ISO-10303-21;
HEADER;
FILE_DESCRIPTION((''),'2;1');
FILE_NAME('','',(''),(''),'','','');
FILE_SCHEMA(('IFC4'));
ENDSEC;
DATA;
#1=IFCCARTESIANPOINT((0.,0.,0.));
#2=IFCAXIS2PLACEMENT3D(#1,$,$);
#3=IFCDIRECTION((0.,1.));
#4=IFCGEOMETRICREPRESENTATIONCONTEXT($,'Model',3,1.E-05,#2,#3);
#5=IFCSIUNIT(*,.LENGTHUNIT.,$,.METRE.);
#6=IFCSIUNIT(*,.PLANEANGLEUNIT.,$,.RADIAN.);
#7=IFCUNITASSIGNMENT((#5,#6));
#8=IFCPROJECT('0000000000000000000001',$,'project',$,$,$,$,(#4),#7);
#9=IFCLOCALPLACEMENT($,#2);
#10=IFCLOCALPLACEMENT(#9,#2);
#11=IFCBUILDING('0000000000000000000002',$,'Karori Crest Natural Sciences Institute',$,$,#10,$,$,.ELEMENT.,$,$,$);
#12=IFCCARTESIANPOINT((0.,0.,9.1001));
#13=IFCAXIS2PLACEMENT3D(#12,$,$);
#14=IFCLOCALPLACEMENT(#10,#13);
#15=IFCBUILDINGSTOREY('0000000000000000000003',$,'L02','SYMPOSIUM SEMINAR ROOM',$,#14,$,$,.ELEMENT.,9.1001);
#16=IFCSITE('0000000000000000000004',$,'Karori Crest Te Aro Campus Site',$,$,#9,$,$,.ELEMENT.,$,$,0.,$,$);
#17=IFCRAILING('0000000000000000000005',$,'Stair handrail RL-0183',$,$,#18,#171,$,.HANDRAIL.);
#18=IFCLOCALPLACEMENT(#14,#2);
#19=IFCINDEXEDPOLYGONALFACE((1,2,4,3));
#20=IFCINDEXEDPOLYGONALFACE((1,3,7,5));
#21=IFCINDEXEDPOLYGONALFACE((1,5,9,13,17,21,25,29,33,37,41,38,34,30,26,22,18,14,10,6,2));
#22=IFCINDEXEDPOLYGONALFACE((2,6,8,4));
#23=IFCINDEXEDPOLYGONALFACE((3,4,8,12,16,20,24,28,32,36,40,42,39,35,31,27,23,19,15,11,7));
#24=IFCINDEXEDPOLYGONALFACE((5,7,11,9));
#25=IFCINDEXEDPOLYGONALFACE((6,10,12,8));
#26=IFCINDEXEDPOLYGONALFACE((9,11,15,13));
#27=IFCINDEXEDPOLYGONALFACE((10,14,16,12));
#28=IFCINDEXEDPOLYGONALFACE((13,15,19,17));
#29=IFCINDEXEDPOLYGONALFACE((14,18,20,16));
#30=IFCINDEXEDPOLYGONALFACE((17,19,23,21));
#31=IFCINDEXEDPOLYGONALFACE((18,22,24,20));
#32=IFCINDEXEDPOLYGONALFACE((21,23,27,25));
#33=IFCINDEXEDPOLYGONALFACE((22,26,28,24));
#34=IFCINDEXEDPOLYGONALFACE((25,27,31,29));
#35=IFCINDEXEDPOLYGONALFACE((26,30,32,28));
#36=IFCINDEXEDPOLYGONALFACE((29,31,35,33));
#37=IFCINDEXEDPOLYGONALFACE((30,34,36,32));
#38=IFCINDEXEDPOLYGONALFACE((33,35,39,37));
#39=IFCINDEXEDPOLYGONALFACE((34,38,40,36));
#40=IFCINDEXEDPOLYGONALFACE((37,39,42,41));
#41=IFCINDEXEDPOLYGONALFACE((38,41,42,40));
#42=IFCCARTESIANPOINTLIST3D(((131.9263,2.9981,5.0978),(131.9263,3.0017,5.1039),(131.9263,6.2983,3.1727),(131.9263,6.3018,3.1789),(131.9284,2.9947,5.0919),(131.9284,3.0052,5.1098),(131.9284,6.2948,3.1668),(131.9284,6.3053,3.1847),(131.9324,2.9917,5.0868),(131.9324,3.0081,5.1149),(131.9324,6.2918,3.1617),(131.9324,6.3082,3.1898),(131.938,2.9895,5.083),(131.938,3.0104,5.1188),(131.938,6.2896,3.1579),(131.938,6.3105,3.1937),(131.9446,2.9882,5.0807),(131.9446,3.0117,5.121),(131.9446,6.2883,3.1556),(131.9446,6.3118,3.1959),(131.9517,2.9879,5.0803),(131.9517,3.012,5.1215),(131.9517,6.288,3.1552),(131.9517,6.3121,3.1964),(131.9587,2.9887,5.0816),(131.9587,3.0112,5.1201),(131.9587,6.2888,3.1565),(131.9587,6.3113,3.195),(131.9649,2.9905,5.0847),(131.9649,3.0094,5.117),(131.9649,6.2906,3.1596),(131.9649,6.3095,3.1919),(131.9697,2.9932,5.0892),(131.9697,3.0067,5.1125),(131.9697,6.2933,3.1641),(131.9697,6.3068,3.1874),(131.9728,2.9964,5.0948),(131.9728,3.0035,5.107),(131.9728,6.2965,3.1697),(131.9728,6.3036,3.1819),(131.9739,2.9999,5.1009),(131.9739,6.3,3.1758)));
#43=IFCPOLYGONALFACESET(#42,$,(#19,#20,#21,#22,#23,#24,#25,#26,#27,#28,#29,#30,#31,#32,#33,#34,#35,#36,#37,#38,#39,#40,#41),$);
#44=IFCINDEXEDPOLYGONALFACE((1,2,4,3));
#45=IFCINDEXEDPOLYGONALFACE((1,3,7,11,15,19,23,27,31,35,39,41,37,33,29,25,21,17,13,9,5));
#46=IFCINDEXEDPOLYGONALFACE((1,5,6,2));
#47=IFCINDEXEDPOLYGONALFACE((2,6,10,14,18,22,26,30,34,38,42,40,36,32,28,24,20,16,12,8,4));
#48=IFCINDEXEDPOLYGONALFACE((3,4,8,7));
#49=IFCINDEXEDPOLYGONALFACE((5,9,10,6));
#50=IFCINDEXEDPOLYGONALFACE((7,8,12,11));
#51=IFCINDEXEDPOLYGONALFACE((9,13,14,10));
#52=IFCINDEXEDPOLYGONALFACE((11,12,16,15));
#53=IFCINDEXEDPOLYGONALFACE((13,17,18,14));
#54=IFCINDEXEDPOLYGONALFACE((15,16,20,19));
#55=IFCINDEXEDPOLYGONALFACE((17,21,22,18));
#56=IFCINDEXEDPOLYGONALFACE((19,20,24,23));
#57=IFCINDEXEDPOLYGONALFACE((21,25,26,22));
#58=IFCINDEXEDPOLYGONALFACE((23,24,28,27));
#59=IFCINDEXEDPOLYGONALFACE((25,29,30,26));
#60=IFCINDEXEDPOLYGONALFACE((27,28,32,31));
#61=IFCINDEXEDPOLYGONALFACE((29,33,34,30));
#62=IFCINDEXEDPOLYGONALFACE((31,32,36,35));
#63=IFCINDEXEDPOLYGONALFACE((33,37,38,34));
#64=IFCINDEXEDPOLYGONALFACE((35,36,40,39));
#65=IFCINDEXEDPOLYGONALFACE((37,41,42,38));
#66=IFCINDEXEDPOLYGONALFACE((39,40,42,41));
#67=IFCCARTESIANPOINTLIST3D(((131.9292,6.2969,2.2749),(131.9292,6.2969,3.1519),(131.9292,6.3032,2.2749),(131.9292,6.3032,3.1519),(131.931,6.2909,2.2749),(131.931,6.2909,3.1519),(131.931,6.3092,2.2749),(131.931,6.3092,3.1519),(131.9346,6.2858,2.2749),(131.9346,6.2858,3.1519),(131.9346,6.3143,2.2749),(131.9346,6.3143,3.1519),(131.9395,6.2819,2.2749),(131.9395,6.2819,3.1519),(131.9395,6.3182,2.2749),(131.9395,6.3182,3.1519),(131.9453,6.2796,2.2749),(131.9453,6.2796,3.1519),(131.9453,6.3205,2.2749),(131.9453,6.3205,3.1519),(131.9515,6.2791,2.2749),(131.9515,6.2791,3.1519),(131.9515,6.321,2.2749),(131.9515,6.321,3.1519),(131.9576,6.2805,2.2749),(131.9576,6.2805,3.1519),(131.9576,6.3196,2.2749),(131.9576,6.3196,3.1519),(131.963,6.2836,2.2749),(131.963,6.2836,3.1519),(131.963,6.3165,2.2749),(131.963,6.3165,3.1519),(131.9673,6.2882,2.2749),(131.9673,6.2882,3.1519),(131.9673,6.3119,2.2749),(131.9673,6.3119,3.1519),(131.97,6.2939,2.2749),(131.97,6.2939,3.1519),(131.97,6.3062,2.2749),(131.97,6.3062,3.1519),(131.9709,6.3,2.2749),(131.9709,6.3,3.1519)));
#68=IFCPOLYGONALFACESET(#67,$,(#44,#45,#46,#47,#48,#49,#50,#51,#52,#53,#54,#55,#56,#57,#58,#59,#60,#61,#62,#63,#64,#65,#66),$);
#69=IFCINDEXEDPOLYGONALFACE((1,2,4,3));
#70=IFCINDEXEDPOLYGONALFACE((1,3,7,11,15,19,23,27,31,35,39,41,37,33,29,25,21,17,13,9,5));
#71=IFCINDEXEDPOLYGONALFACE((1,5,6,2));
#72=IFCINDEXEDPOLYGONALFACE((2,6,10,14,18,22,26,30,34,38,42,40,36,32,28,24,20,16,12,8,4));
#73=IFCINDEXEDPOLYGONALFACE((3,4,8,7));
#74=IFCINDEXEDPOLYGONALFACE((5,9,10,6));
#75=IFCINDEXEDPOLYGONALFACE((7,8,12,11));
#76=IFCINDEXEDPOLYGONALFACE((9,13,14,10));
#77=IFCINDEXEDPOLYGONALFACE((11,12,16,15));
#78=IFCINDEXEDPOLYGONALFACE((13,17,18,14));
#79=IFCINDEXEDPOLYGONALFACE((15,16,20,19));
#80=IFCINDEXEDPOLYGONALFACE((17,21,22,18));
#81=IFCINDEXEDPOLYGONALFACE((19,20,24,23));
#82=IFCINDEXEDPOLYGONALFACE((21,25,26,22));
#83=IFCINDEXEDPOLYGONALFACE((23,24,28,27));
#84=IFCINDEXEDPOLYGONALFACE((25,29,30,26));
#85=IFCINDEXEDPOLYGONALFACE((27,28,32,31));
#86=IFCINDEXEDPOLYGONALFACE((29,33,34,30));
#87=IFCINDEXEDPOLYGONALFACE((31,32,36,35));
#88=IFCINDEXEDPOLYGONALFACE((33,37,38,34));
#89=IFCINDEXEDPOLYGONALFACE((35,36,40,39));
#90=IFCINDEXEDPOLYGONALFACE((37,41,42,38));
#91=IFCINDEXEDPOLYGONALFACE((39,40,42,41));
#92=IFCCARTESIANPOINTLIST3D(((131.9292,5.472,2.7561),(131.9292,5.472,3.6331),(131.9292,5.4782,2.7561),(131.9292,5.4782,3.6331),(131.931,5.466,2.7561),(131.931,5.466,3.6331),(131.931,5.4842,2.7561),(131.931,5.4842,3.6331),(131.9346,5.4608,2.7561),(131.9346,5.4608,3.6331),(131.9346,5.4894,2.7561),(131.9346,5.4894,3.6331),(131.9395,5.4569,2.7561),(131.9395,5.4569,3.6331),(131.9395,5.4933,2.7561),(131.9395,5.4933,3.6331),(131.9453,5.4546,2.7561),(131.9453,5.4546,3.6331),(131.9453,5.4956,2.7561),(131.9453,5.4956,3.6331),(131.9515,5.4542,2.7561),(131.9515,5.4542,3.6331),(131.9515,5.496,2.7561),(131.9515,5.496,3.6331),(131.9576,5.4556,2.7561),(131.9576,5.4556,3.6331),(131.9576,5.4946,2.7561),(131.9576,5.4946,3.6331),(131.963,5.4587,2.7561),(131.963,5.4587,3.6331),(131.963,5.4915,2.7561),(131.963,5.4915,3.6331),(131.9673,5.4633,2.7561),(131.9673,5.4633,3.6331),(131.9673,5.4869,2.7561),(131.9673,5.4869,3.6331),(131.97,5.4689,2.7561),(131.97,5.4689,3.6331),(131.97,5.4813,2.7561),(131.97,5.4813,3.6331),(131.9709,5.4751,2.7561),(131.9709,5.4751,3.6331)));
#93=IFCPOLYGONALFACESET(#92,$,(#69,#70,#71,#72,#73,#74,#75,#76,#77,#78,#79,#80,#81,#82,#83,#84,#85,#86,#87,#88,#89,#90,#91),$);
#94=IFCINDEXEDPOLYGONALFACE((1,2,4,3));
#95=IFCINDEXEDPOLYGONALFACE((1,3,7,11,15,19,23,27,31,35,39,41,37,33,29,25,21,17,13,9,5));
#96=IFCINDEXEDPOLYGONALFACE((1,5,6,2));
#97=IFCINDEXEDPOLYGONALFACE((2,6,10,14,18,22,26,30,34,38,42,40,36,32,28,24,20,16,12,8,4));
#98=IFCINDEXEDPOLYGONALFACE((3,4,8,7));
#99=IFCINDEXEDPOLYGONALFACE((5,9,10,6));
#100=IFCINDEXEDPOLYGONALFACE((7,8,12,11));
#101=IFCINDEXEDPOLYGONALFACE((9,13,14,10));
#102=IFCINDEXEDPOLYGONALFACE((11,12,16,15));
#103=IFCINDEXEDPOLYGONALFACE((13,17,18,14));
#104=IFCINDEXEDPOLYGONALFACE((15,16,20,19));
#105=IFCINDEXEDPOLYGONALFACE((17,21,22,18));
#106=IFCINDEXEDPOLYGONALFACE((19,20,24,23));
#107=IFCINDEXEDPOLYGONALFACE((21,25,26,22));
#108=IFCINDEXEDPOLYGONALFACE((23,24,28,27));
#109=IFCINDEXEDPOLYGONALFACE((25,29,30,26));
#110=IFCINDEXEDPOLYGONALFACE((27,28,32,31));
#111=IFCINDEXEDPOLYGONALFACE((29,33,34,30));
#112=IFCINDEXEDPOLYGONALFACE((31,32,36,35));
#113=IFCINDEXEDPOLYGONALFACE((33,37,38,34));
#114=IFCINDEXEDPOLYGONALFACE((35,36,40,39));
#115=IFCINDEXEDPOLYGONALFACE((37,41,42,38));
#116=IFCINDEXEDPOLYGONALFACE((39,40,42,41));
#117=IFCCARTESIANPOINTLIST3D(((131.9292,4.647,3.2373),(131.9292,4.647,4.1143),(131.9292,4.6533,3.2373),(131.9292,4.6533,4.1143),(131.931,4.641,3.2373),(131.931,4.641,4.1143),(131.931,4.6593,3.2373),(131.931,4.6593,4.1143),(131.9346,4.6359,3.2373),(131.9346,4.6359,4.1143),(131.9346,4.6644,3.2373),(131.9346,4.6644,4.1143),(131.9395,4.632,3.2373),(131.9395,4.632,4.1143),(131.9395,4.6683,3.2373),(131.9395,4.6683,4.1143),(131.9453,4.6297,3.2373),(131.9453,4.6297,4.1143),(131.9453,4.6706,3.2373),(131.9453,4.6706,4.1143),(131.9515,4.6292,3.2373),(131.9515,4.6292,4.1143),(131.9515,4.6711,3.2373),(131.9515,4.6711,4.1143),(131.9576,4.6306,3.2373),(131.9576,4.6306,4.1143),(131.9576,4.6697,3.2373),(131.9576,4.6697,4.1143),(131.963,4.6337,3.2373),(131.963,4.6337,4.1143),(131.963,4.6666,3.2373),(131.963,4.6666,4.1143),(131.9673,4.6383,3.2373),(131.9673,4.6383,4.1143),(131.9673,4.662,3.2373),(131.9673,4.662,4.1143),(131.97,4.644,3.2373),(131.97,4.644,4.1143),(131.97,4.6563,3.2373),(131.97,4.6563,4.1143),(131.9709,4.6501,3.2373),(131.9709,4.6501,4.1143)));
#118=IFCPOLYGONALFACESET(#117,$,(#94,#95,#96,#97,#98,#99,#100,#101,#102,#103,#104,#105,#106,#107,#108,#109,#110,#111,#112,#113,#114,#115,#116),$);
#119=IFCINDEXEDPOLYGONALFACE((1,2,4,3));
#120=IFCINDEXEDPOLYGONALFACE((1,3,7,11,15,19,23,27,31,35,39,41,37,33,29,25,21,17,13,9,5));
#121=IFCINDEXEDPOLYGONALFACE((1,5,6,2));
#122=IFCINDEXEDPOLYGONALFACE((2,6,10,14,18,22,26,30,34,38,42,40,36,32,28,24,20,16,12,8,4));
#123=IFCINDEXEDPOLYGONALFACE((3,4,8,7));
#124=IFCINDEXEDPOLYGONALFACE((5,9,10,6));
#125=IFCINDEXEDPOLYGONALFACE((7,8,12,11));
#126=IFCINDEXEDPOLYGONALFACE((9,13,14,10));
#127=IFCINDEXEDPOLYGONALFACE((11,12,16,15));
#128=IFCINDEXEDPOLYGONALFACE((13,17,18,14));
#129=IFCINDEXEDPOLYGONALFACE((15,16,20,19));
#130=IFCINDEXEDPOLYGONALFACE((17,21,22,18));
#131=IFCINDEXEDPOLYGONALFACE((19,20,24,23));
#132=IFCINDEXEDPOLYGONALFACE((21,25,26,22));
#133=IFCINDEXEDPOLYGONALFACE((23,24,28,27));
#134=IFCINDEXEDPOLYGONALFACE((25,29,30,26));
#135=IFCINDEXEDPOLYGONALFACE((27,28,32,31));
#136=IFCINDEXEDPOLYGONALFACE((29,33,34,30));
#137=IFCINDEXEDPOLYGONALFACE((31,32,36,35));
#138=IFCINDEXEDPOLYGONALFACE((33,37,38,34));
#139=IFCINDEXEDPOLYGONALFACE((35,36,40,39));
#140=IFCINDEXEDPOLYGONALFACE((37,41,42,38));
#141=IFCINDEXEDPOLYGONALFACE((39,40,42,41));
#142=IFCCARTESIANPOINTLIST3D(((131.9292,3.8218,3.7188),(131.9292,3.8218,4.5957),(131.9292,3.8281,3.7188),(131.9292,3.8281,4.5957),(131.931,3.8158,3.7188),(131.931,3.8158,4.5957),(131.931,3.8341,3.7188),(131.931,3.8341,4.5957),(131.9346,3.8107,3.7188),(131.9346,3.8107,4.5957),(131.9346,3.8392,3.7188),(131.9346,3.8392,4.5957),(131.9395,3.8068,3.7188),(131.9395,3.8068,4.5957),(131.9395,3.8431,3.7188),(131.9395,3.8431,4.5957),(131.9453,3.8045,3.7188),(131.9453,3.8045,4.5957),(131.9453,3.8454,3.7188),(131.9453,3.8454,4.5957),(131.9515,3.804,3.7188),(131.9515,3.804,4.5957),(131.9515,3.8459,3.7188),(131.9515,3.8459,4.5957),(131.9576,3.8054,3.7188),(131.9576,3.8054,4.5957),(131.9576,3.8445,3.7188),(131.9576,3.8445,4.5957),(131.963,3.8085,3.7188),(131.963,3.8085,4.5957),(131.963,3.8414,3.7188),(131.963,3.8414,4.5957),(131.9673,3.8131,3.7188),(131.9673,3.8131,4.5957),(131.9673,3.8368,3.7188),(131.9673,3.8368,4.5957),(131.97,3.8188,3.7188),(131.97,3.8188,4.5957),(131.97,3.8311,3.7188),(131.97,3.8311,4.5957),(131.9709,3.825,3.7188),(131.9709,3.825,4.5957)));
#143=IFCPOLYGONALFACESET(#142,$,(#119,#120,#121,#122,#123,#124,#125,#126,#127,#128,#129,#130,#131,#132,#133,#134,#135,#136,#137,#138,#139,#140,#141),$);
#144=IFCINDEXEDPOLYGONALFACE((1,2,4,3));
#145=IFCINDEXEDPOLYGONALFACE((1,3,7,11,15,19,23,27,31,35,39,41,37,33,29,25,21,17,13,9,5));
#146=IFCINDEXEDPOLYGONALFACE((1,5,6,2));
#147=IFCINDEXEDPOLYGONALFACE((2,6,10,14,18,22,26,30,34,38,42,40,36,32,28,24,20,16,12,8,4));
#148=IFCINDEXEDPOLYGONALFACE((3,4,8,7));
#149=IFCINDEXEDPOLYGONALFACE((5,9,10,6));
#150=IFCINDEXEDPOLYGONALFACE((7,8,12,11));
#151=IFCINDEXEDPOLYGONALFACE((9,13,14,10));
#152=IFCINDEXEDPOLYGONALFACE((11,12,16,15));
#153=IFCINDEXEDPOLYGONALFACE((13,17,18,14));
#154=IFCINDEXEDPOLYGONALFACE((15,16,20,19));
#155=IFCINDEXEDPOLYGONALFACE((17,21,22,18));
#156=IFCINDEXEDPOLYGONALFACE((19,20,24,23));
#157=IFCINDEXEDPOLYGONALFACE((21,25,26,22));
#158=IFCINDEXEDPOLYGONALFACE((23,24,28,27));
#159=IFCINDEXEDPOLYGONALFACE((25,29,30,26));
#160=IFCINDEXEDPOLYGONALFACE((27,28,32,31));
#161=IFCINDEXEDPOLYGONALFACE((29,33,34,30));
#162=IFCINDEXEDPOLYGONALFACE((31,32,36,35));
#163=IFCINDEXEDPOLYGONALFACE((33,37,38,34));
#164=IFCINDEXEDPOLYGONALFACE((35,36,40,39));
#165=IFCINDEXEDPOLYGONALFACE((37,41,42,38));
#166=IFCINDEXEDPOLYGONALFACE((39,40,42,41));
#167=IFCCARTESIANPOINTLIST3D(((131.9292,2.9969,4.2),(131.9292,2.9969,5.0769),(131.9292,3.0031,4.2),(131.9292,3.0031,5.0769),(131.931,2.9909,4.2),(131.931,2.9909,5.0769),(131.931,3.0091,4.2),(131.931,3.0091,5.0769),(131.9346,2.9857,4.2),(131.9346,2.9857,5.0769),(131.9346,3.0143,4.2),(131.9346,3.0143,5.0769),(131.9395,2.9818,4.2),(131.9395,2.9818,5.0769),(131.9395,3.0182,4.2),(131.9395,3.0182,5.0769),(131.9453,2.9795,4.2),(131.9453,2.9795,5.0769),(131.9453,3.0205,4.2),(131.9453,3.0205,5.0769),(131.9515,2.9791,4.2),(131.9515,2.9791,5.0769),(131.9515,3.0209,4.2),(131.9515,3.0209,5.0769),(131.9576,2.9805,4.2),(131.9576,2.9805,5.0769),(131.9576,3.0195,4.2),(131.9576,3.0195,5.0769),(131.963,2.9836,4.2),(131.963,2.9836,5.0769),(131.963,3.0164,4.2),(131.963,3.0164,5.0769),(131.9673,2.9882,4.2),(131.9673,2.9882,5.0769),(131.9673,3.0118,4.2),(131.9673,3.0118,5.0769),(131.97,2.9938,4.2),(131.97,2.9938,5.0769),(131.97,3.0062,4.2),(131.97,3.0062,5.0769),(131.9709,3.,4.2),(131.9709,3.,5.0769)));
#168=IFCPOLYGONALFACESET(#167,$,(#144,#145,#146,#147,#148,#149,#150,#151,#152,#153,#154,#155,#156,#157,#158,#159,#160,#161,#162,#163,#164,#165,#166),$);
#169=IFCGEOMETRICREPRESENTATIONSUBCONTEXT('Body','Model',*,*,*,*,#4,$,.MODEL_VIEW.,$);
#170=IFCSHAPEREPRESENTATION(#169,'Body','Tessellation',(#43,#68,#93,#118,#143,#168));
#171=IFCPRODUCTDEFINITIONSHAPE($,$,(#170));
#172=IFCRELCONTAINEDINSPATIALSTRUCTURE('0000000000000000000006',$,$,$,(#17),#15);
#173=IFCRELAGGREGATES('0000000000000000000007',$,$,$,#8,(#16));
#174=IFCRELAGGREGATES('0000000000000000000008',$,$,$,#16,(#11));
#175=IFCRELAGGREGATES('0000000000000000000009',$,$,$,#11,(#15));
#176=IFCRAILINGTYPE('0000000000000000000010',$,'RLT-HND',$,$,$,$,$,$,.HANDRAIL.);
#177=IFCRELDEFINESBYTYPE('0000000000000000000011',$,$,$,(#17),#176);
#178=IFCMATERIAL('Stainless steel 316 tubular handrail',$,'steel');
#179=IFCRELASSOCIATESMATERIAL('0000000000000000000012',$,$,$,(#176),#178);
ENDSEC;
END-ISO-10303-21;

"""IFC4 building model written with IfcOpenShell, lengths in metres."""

from ifc_helpers import new_model, si_unit, direction, frame, origin, origin_2d, place, context, subcontext, project, spatial, circle, extrude, material, type_object, element, save


model = new_model("IFC4")

# Units and contexts
model_context = context("Model", 3, precision=1e-05, world=origin(), true_north=direction((0.0, 1.0)))
body_context = subcontext(model_context, "Body", "Model", "MODEL_VIEW")
ifc_project = project(units=[si_unit("LENGTHUNIT", "METRE"), si_unit("PLANEANGLEUNIT", "RADIAN")], contexts=[model_context])

# Site, building, storey
site_placement = place(None, origin())
site = spatial("IfcSite", under=ifc_project, at=site_placement, Name="Karori Crest Te Aro Campus Site", CompositionType="ELEMENT", RefElevation=0.0)
building_placement = place(site_placement, origin())
building = spatial("IfcBuilding", under=site, at=building_placement, Name="Karori Crest Natural Sciences Institute", CompositionType="ELEMENT")
storey_placement = place(building_placement, frame((0.0, 0.0, 9.1001)))
storey = spatial("IfcBuildingStorey", under=building, at=storey_placement, Name="L02", Description="SYMPOSIUM SEMINAR ROOM", CompositionType="ELEMENT", Elevation=9.1001)

# Railing
ifc_material_1 = material(Name="Stainless steel 316 tubular handrail", Category="steel")
railing_type_1 = type_object("IfcRailingType", Name="RLT-HND", PredefinedType="HANDRAIL", material=ifc_material_1)
railing_1_placement = place(storey_placement, frame((131.95, 6.3, 2.2749)))
element("IfcRailing", 1, at=railing_1_placement, inside=storey, type_object=railing_type_1, Name="Stair handrail RL-0183", PredefinedType="HANDRAIL", context=body_context, shape_type="SweptSolid", body=[
    extrude(circle(Radius=0.0239, at=origin_2d()), frame((0.0, 0.0, 0.9009), z_axis=(0.0, -0.863777, 0.503875), x_axis=(1.0, 0.0, 0.0)), (0.0, 0.0, 1.0), 3.8206),
    extrude(circle(Radius=0.021, at=origin_2d()), origin(), (0.0, 0.0, 1.0), 0.877),
    extrude(circle(Radius=0.021, at=origin_2d()), frame((0.0, -0.825, 0.4812)), (0.0, 0.0, 1.0), 0.877),
    extrude(circle(Radius=0.021, at=origin_2d()), frame((0.0, -1.6499, 0.9624)), (0.0, 0.0, 1.0), 0.877),
    extrude(circle(Radius=0.021, at=origin_2d()), frame((0.0, -2.4751, 1.4438)), (0.0, 0.0, 1.0), 0.877),
    extrude(circle(Radius=0.021, at=origin_2d()), frame((0.0, -3.3, 1.925)), (0.0, 0.0, 1.0), 0.877),
])

save(model, "model.ifc")
